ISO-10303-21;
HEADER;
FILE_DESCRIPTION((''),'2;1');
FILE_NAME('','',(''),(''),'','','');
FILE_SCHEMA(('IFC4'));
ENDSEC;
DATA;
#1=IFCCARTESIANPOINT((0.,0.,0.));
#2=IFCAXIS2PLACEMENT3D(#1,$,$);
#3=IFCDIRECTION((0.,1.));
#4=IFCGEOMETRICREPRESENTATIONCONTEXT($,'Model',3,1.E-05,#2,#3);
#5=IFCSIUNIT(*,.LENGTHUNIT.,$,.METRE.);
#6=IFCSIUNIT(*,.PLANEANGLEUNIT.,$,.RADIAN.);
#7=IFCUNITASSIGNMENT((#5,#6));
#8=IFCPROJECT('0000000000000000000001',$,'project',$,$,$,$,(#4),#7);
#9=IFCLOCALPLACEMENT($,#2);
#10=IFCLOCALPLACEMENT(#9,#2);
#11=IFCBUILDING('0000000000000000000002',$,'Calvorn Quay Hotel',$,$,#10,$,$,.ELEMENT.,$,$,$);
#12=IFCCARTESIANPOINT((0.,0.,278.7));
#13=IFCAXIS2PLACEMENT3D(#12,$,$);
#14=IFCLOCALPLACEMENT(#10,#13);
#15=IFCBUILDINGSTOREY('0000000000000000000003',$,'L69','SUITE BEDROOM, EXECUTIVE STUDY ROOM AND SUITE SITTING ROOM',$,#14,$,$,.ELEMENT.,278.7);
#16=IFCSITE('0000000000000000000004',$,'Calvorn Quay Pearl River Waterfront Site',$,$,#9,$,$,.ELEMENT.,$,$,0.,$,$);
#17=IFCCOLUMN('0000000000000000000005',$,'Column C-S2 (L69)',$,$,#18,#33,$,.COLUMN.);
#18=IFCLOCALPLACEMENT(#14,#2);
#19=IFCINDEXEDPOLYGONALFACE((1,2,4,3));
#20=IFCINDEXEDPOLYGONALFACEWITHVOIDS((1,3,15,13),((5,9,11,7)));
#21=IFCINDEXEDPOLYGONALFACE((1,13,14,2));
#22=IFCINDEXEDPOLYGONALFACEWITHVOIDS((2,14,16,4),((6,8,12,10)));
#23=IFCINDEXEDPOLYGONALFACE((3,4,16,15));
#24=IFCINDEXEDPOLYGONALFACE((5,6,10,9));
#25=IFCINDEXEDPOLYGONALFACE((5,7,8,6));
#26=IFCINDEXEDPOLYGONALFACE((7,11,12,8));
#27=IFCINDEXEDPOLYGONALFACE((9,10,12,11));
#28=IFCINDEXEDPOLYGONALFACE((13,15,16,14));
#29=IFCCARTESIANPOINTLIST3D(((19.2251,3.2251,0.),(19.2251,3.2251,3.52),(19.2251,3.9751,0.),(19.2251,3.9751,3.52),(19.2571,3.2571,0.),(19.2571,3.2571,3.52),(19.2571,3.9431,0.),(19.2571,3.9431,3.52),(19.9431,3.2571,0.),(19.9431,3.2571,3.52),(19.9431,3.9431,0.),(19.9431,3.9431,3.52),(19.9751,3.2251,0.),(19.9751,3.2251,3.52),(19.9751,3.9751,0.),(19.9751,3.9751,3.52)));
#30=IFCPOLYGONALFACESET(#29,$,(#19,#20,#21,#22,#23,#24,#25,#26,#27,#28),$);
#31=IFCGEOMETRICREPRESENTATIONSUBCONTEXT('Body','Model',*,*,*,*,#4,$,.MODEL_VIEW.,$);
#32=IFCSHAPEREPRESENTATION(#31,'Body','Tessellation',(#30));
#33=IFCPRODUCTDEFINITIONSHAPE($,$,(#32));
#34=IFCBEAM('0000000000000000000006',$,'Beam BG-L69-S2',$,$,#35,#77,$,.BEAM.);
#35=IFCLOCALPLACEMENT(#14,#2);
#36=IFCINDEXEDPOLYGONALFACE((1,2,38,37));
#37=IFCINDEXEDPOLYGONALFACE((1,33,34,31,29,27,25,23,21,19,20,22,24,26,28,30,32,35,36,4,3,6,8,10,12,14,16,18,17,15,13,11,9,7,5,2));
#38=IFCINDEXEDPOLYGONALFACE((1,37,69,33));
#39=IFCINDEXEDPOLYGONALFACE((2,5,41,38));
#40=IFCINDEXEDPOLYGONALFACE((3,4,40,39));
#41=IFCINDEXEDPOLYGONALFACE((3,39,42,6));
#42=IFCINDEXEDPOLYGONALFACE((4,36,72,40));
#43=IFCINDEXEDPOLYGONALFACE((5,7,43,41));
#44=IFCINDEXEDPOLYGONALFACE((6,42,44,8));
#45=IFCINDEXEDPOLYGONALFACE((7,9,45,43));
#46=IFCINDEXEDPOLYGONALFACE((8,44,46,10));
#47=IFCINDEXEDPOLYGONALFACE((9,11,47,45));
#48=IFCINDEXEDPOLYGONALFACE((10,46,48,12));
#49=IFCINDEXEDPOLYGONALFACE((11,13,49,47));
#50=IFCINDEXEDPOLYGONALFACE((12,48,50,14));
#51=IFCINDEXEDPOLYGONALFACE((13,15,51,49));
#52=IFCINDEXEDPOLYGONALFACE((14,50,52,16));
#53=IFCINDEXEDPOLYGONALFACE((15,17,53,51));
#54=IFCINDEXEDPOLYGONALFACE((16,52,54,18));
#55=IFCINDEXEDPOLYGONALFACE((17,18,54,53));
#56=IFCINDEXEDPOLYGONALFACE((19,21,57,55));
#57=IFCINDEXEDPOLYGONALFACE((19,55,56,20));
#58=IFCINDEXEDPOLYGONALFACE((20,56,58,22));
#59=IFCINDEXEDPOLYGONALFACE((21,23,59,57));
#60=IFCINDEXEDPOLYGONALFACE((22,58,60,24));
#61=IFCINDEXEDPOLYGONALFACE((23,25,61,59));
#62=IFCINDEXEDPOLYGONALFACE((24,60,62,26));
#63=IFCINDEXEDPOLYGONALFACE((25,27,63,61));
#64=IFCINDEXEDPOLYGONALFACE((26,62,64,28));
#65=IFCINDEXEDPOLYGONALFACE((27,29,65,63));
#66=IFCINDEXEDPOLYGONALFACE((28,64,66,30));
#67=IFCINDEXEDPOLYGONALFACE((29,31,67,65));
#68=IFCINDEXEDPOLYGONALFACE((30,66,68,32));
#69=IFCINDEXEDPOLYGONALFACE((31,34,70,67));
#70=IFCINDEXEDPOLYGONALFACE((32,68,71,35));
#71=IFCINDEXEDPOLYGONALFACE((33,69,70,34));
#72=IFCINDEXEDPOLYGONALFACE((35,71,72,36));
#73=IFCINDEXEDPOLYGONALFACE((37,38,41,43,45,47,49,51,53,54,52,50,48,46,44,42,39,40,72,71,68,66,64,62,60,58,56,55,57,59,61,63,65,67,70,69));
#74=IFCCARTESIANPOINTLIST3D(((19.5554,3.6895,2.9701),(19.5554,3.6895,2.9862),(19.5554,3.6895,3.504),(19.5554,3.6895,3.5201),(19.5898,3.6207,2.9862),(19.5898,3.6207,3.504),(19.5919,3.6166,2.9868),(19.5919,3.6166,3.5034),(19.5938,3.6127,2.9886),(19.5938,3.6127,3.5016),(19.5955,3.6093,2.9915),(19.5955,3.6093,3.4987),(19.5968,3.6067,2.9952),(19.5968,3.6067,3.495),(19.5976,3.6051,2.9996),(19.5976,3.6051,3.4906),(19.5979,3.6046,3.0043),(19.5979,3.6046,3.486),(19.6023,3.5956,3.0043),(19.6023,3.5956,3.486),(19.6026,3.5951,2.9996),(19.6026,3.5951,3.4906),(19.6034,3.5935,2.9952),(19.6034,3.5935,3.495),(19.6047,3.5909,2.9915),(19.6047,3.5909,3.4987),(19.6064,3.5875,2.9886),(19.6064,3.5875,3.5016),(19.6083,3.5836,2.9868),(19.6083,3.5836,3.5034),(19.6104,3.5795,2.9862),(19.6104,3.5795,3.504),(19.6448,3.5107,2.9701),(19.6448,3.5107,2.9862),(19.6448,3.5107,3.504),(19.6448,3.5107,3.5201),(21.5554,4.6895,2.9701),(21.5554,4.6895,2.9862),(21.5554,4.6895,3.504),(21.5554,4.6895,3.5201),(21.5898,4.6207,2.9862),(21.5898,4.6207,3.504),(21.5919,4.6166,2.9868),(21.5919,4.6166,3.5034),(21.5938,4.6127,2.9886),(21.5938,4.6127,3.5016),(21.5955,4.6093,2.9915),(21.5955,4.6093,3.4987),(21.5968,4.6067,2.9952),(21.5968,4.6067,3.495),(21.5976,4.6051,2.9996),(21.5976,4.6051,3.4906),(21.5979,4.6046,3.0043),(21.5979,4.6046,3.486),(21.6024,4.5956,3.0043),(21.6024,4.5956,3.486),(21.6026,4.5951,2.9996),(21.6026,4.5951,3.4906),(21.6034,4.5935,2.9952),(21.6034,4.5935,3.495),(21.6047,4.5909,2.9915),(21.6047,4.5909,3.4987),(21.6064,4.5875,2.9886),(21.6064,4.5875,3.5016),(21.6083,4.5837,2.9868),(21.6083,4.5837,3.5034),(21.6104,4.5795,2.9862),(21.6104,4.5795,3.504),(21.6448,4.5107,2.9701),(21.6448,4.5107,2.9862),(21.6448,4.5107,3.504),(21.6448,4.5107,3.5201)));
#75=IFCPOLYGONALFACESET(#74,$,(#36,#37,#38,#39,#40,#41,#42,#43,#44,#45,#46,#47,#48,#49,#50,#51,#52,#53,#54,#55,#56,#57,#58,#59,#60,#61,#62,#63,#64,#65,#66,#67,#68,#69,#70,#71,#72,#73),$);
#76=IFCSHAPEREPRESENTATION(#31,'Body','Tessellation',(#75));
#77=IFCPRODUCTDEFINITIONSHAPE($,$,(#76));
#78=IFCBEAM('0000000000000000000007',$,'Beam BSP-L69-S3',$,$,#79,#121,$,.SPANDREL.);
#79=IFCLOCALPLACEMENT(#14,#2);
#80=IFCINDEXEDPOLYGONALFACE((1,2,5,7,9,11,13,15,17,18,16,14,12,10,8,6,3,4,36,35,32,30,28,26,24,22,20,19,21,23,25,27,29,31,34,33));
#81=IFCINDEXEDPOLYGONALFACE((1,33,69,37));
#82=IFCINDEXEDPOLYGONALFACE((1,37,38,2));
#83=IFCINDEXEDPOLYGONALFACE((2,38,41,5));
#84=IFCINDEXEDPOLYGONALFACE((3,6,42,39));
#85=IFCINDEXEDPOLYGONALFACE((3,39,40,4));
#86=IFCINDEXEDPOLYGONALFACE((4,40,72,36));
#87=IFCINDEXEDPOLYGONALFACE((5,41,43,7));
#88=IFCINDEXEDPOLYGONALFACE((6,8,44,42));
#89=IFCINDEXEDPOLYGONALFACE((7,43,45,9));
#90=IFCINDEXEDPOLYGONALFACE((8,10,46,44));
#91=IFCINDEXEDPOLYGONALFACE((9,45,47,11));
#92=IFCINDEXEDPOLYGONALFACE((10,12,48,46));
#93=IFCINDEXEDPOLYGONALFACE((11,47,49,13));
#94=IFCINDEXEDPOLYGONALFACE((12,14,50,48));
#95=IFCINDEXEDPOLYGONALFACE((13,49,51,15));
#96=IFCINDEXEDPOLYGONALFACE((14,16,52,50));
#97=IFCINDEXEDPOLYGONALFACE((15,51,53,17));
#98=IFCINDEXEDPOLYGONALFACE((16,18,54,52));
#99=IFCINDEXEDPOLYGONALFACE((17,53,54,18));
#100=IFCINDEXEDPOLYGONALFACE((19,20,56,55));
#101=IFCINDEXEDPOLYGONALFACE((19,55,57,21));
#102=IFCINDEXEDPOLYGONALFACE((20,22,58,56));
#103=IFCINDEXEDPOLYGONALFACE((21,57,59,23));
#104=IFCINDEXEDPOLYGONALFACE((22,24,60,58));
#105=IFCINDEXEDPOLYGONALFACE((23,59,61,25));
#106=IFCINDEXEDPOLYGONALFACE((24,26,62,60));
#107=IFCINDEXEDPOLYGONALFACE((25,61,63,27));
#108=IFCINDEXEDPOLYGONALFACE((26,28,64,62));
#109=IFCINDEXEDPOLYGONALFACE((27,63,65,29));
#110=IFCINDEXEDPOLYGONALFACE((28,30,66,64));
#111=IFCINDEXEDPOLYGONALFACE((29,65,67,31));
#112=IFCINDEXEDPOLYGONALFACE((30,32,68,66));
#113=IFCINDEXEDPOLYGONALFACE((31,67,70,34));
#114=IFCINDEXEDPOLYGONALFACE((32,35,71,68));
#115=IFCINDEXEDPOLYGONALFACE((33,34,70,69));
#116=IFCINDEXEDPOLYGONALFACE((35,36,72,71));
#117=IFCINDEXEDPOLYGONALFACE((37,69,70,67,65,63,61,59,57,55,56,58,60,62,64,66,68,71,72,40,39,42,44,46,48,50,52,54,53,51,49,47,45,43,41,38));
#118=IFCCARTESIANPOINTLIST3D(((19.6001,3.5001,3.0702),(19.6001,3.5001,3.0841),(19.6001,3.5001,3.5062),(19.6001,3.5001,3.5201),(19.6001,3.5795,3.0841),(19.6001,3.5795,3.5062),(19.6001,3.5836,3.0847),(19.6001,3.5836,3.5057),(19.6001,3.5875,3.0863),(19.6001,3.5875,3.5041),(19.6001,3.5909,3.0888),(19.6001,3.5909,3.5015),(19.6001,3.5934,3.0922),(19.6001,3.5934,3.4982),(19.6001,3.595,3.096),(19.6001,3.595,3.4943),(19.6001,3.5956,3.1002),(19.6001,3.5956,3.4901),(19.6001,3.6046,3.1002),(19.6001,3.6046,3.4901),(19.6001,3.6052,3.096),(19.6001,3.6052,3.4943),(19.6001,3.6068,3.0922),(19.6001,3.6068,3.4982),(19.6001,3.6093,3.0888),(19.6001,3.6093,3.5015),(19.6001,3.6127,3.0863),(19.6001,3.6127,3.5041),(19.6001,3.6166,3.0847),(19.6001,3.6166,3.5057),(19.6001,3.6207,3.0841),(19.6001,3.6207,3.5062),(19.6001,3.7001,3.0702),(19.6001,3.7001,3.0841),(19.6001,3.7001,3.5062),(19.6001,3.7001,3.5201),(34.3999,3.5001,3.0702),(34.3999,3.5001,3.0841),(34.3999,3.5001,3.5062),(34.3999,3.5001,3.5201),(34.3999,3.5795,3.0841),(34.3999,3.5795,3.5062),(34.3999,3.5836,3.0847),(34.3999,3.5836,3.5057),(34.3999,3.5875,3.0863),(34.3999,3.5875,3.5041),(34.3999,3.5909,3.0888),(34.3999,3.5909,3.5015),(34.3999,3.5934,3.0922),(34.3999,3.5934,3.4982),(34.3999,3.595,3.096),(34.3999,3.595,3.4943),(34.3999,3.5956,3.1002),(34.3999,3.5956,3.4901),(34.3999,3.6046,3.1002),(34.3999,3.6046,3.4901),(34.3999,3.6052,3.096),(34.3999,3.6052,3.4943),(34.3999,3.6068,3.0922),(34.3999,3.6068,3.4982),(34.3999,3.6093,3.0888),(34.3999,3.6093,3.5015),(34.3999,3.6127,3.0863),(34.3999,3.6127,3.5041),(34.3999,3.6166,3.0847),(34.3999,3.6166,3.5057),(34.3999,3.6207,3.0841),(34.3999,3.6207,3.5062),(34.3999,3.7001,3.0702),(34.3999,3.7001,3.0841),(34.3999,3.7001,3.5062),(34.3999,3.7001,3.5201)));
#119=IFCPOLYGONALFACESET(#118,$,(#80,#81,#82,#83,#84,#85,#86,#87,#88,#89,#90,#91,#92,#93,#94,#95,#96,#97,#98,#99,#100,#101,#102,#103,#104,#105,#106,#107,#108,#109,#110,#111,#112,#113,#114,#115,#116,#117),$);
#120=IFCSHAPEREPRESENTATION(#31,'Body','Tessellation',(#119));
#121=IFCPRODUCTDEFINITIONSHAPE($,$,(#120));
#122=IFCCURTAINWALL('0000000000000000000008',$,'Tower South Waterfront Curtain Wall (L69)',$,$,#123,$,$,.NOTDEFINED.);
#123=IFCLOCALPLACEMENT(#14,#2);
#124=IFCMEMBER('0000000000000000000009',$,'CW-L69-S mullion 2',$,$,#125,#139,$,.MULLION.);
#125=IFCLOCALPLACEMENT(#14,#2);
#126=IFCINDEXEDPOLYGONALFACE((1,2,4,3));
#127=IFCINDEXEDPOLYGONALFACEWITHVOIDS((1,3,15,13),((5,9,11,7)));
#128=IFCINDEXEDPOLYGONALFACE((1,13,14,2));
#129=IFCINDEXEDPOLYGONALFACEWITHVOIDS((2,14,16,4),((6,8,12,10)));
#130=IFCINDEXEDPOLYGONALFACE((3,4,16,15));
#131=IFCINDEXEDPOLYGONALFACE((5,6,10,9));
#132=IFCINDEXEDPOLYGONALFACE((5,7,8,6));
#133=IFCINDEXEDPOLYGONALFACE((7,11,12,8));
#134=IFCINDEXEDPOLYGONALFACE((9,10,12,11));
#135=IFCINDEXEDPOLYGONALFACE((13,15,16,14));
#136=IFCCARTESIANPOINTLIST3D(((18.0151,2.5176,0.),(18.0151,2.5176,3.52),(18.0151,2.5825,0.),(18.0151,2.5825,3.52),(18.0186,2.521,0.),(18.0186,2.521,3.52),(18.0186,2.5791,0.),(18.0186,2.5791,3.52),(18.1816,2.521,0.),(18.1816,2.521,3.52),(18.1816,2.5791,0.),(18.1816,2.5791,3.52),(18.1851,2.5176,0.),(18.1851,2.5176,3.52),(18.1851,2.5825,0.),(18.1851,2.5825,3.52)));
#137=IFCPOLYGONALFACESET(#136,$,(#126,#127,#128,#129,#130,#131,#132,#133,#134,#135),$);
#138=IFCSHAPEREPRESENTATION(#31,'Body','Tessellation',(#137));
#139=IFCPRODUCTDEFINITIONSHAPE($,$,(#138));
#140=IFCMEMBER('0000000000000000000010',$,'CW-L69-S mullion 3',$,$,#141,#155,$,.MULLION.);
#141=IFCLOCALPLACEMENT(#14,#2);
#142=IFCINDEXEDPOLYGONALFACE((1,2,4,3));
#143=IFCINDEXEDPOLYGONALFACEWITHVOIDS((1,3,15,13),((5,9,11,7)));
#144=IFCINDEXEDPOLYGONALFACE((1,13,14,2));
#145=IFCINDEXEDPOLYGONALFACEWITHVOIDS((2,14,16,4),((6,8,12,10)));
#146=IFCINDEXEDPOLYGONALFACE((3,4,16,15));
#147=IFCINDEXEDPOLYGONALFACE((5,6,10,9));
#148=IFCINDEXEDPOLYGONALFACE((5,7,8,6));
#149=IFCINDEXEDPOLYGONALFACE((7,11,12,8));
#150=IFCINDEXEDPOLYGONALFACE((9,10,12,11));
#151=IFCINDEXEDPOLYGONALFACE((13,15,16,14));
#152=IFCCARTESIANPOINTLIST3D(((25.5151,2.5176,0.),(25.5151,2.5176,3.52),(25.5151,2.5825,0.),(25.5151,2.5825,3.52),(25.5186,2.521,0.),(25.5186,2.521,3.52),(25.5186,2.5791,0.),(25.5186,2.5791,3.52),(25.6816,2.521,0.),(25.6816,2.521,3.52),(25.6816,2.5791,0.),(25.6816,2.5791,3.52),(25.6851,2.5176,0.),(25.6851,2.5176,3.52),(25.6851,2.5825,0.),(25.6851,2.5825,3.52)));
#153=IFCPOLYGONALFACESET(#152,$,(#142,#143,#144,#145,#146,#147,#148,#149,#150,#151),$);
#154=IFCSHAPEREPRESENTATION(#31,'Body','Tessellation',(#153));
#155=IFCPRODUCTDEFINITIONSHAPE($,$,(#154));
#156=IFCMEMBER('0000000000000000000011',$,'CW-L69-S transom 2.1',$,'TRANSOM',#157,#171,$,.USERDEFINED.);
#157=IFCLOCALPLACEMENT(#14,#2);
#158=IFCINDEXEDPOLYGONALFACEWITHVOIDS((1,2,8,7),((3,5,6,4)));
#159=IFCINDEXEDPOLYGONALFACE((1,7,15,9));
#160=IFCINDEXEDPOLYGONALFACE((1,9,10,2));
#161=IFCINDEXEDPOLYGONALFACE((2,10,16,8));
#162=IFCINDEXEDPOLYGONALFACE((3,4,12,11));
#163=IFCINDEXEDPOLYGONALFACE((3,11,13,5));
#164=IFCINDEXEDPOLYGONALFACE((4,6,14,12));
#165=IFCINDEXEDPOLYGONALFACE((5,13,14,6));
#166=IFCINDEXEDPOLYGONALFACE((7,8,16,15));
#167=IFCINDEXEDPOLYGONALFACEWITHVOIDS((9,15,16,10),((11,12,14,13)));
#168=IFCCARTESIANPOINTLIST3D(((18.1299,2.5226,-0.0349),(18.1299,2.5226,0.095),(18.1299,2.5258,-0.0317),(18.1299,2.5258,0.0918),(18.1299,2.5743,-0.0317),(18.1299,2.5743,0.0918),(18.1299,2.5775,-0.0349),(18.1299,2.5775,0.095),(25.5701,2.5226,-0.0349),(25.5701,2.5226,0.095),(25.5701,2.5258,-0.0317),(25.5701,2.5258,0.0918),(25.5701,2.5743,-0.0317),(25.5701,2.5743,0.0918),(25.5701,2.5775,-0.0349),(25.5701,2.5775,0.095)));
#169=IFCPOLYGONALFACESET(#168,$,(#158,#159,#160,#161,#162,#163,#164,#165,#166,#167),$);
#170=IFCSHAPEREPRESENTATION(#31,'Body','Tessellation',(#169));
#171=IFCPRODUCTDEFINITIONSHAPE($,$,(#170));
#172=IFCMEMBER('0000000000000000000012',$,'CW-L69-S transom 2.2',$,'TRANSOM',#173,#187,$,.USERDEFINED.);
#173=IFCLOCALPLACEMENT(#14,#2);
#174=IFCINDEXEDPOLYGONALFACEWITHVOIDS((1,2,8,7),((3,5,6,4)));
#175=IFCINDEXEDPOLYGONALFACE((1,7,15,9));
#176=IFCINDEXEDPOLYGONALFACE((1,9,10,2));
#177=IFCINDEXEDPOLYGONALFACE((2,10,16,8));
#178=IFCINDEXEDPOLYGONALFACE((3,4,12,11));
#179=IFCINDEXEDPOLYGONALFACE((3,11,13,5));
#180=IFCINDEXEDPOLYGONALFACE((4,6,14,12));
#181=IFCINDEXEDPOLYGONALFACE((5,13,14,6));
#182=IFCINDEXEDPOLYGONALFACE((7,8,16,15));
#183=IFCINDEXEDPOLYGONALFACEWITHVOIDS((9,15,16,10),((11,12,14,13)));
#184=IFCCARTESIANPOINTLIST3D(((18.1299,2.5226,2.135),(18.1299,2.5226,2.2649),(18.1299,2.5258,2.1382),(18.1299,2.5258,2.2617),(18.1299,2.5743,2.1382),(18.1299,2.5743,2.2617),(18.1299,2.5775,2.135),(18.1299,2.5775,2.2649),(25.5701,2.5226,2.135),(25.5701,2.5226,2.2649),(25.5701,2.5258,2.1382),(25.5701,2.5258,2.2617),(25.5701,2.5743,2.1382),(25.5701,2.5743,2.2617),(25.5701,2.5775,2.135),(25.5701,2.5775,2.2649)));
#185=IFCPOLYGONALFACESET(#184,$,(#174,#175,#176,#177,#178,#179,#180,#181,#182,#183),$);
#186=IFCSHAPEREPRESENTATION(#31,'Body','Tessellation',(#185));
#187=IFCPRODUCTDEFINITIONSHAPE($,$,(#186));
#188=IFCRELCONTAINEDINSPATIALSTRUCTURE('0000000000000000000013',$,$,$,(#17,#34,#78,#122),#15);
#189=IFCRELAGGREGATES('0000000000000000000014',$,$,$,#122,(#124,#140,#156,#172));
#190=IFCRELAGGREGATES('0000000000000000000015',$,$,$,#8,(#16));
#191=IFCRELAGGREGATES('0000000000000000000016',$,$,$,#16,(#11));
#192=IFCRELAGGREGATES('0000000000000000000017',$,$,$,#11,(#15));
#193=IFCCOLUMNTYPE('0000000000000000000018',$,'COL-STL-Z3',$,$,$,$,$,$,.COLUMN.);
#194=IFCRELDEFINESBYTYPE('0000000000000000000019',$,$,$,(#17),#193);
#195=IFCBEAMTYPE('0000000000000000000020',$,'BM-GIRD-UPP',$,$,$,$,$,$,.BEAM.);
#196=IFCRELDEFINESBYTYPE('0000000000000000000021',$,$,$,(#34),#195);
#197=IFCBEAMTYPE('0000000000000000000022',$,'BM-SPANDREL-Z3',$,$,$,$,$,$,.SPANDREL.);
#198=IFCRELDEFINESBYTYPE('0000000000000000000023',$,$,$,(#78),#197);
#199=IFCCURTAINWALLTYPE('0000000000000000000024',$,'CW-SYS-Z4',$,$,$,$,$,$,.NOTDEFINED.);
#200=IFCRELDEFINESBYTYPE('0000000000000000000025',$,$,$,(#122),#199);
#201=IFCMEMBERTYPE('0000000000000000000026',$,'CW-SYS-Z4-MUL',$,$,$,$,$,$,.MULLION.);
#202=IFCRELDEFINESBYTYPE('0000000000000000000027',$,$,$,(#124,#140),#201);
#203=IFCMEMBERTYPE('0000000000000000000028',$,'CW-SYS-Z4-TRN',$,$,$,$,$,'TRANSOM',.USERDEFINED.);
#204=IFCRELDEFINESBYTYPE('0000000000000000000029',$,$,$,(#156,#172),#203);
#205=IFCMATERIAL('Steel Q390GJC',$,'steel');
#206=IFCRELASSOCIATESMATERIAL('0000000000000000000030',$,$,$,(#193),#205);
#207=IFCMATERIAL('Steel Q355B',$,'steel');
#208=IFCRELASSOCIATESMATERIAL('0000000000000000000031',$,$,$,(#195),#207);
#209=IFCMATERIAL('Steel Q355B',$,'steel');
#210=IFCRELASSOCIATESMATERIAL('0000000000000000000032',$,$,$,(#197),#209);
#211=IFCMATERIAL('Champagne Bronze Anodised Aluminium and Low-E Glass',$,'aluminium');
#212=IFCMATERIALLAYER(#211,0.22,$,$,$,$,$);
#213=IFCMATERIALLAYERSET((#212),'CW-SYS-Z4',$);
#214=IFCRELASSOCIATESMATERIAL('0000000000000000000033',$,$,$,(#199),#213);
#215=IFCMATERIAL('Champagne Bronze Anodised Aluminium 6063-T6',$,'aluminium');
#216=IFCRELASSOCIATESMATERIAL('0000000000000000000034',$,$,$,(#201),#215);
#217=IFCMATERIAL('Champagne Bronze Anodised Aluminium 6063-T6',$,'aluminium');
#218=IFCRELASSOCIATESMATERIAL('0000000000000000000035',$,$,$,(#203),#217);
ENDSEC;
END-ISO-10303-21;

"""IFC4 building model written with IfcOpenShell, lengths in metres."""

from ifc_helpers import new_model, si_unit, direction, frame, origin, origin_2d, place, context, subcontext, project, spatial, hollow_rectangle, i_section, extrude, material, layer, layer_set, material_profile, profile_set, type_object, element, aggregate, save


model = new_model("IFC4")

# Units and contexts
model_context = context("Model", 3, precision=1e-05, world=origin(), true_north=direction((0.0, 1.0)))
body_context = subcontext(model_context, "Body", "Model", "MODEL_VIEW")
ifc_project = project(units=[si_unit("LENGTHUNIT", "METRE"), si_unit("PLANEANGLEUNIT", "RADIAN")], contexts=[model_context])

# Site, building, storey
site_placement = place(None, origin())
site = spatial("IfcSite", under=ifc_project, at=site_placement, Name="Calvorn Quay Pearl River Waterfront Site", CompositionType="ELEMENT", RefElevation=0.0)
building_placement = place(site_placement, origin())
building = spatial("IfcBuilding", under=site, at=building_placement, Name="Calvorn Quay Hotel", CompositionType="ELEMENT")
storey_placement = place(building_placement, frame((0.0, 0.0, 278.7)))
storey = spatial("IfcBuildingStorey", under=building, at=storey_placement, Name="L69", Description="SUITE BEDROOM, EXECUTIVE STUDY ROOM AND SUITE SITTING ROOM", CompositionType="ELEMENT", Elevation=278.7)

# Column
ifc_material_1 = material(Name="Steel Q390GJC", Category="steel")
ifc_material_profile_1 = material_profile(ifc_material_1, hollow_rectangle(XDim=0.75, YDim=0.75, WallThickness=0.032, at=origin_2d()), Name="BOX750x750x32")
ifc_profile_set_1 = profile_set([ifc_material_profile_1], Name="Steel Q390GJC")
column_type = type_object("IfcColumnType", Name="COL-STL-Z3", PredefinedType="COLUMN", material=ifc_profile_set_1)
column_placement = place(storey_placement, frame((19.6001, 3.6001, 0.0), z_axis=(0.0, 0.0, 1.0), x_axis=(1.0, 0.0, 0.0)))
element("IfcColumn", 1, at=column_placement, inside=storey, type_object=column_type, Name="Column C-S2 (L69)", PredefinedType="COLUMN", context=body_context, shape_type="SweptSolid", body=[
    extrude(hollow_rectangle(XDim=0.75, YDim=0.75, WallThickness=0.032, at=origin_2d()), origin(), (0.0, 0.0, 1.0), 3.52),
])

# Beams
ifc_material_2 = material(Name="Steel Q355B", Category="steel")
ifc_material_profile_2 = material_profile(ifc_material_2, i_section(OverallWidth=0.2, OverallDepth=0.55, WebThickness=0.01, FlangeThickness=0.0161, FilletRadius=0.0181, at=origin_2d()), Name="HN550x200x10x16")
ifc_profile_set_2 = profile_set([ifc_material_profile_2], Name="Steel Q355B")
beam_type_1 = type_object("IfcBeamType", Name="BM-GIRD-UPP", PredefinedType="BEAM", material=ifc_profile_set_2)
beam_1_placement = place(storey_placement, frame((19.6001, 3.6001, 3.2451), z_axis=(0.894427, 0.447214, 0.0), x_axis=(-0.447214, 0.894427, 0.0)))
element("IfcBeam", 2, at=beam_1_placement, inside=storey, type_object=beam_type_1, Name="Beam BG-L69-S2", PredefinedType="BEAM", context=body_context, shape_type="SweptSolid", body=[
    extrude(i_section(OverallWidth=0.2, OverallDepth=0.55, WebThickness=0.01, FlangeThickness=0.0161, FilletRadius=0.0181, at=origin_2d()), origin(), (0.0, 0.0, 1.0), 2.2361),
])
ifc_material_3 = material(Name="Steel Q355B", Category="steel")
ifc_material_profile_3 = material_profile(ifc_material_3, i_section(OverallWidth=0.2, OverallDepth=0.45, WebThickness=0.009, FlangeThickness=0.0139, FilletRadius=0.0161, at=origin_2d()), Name="HN450x200x9x14")
ifc_profile_set_3 = profile_set([ifc_material_profile_3], Name="Steel Q355B")
beam_type_2 = type_object("IfcBeamType", Name="BM-SPANDREL-Z3", PredefinedType="SPANDREL", material=ifc_profile_set_3)
beam_2_placement = place(storey_placement, frame((19.6001, 3.6001, 3.2952), z_axis=(1.0, 0.0, 0.0), x_axis=(0.0, 1.0, 0.0)))
element("IfcBeam", 3, at=beam_2_placement, inside=storey, type_object=beam_type_2, Name="Beam BSP-L69-S3", PredefinedType="SPANDREL", context=body_context, shape_type="SweptSolid", body=[
    extrude(i_section(OverallWidth=0.2, OverallDepth=0.45, WebThickness=0.009, FlangeThickness=0.0139, FilletRadius=0.0161, at=origin_2d()), origin(), (0.0, 0.0, 1.0), 14.7998),
])

# Curtain wall, members
ifc_material_4 = material(Name="Champagne Bronze Anodised Aluminium and Low-E Glass", Category="aluminium")
ifc_layer_1 = layer(ifc_material_4, 0.22)
ifc_layer_set_1 = layer_set([ifc_layer_1], Name="CW-SYS-Z4")
curtain_wall_type = type_object("IfcCurtainWallType", Name="CW-SYS-Z4", PredefinedType="NOTDEFINED", material=ifc_layer_set_1)
curtain_wall_placement = place(storey_placement, origin())
curtain_wall = element("IfcCurtainWall", 4, at=curtain_wall_placement, inside=storey, type_object=curtain_wall_type, Name="Tower South Waterfront Curtain Wall (L69)", PredefinedType="NOTDEFINED")
ifc_material_5 = material(Name="Champagne Bronze Anodised Aluminium 6063-T6", Category="aluminium")
ifc_material_profile_4 = material_profile(ifc_material_5, hollow_rectangle(XDim=0.0649, YDim=0.1699, WallThickness=0.0034, at=origin_2d()), Name="ALU-M170x65x3.5")
ifc_profile_set_4 = profile_set([ifc_material_profile_4], Name="Champagne Bronze Anodised Aluminium 6063-T6")
member_type_1 = type_object("IfcMemberType", Name="CW-SYS-Z4-MUL", PredefinedType="MULLION", material=ifc_profile_set_4)
member_1_placement = place(storey_placement, frame((18.1001, 2.55, 0.0), z_axis=(0.0, 0.0, 1.0), x_axis=(0.0, 1.0, 0.0)))
member_1 = element("IfcMember", 5, at=member_1_placement, type_object=member_type_1, Name="CW-L69-S mullion 2", PredefinedType="MULLION", context=body_context, shape_type="SweptSolid", body=[
    extrude(hollow_rectangle(XDim=0.0649, YDim=0.1699, WallThickness=0.0034, at=origin_2d()), origin(), (0.0, 0.0, 1.0), 3.52),
])
member_2_placement = place(storey_placement, frame((25.6001, 2.55, 0.0), z_axis=(0.0, 0.0, 1.0), x_axis=(0.0, 1.0, 0.0)))
member_2 = element("IfcMember", 6, at=member_2_placement, type_object=member_type_1, Name="CW-L69-S mullion 3", PredefinedType="MULLION", context=body_context, shape_type="SweptSolid", body=[
    extrude(hollow_rectangle(XDim=0.0649, YDim=0.1699, WallThickness=0.0034, at=origin_2d()), origin(), (0.0, 0.0, 1.0), 3.52),
])
ifc_material_6 = material(Name="Champagne Bronze Anodised Aluminium 6063-T6", Category="aluminium")
ifc_material_profile_5 = material_profile(ifc_material_6, hollow_rectangle(XDim=0.0549, YDim=0.1299, WallThickness=0.0032, at=origin_2d()), Name="ALU-T130x55x3.2")
ifc_profile_set_5 = profile_set([ifc_material_profile_5], Name="Champagne Bronze Anodised Aluminium 6063-T6")
member_type_2 = type_object("IfcMemberType", Name="CW-SYS-Z4-TRN", ElementType="TRANSOM", PredefinedType="USERDEFINED", material=ifc_profile_set_5)
member_3_placement = place(storey_placement, frame((18.1299, 2.55, 0.03), z_axis=(1.0, 0.0, 0.0), x_axis=(0.0, 1.0, 0.0)))
member_3 = element("IfcMember", 7, at=member_3_placement, type_object=member_type_2, Name="CW-L69-S transom 2.1", ObjectType="TRANSOM", PredefinedType="USERDEFINED", context=body_context, shape_type="SweptSolid", body=[
    extrude(hollow_rectangle(XDim=0.0549, YDim=0.1299, WallThickness=0.0032, at=origin_2d()), origin(), (0.0, 0.0, 1.0), 7.4402),
])
member_4_placement = place(storey_placement, frame((18.1299, 2.55, 2.2), z_axis=(1.0, 0.0, 0.0), x_axis=(0.0, 1.0, 0.0)))
member_4 = element("IfcMember", 8, at=member_4_placement, type_object=member_type_2, Name="CW-L69-S transom 2.2", ObjectType="TRANSOM", PredefinedType="USERDEFINED", context=body_context, shape_type="SweptSolid", body=[
    extrude(hollow_rectangle(XDim=0.0549, YDim=0.1299, WallThickness=0.0032, at=origin_2d()), origin(), (0.0, 0.0, 1.0), 7.4402),
])
aggregate(curtain_wall, [member_1, member_2, member_3, member_4])

save(model, "model.ifc")
